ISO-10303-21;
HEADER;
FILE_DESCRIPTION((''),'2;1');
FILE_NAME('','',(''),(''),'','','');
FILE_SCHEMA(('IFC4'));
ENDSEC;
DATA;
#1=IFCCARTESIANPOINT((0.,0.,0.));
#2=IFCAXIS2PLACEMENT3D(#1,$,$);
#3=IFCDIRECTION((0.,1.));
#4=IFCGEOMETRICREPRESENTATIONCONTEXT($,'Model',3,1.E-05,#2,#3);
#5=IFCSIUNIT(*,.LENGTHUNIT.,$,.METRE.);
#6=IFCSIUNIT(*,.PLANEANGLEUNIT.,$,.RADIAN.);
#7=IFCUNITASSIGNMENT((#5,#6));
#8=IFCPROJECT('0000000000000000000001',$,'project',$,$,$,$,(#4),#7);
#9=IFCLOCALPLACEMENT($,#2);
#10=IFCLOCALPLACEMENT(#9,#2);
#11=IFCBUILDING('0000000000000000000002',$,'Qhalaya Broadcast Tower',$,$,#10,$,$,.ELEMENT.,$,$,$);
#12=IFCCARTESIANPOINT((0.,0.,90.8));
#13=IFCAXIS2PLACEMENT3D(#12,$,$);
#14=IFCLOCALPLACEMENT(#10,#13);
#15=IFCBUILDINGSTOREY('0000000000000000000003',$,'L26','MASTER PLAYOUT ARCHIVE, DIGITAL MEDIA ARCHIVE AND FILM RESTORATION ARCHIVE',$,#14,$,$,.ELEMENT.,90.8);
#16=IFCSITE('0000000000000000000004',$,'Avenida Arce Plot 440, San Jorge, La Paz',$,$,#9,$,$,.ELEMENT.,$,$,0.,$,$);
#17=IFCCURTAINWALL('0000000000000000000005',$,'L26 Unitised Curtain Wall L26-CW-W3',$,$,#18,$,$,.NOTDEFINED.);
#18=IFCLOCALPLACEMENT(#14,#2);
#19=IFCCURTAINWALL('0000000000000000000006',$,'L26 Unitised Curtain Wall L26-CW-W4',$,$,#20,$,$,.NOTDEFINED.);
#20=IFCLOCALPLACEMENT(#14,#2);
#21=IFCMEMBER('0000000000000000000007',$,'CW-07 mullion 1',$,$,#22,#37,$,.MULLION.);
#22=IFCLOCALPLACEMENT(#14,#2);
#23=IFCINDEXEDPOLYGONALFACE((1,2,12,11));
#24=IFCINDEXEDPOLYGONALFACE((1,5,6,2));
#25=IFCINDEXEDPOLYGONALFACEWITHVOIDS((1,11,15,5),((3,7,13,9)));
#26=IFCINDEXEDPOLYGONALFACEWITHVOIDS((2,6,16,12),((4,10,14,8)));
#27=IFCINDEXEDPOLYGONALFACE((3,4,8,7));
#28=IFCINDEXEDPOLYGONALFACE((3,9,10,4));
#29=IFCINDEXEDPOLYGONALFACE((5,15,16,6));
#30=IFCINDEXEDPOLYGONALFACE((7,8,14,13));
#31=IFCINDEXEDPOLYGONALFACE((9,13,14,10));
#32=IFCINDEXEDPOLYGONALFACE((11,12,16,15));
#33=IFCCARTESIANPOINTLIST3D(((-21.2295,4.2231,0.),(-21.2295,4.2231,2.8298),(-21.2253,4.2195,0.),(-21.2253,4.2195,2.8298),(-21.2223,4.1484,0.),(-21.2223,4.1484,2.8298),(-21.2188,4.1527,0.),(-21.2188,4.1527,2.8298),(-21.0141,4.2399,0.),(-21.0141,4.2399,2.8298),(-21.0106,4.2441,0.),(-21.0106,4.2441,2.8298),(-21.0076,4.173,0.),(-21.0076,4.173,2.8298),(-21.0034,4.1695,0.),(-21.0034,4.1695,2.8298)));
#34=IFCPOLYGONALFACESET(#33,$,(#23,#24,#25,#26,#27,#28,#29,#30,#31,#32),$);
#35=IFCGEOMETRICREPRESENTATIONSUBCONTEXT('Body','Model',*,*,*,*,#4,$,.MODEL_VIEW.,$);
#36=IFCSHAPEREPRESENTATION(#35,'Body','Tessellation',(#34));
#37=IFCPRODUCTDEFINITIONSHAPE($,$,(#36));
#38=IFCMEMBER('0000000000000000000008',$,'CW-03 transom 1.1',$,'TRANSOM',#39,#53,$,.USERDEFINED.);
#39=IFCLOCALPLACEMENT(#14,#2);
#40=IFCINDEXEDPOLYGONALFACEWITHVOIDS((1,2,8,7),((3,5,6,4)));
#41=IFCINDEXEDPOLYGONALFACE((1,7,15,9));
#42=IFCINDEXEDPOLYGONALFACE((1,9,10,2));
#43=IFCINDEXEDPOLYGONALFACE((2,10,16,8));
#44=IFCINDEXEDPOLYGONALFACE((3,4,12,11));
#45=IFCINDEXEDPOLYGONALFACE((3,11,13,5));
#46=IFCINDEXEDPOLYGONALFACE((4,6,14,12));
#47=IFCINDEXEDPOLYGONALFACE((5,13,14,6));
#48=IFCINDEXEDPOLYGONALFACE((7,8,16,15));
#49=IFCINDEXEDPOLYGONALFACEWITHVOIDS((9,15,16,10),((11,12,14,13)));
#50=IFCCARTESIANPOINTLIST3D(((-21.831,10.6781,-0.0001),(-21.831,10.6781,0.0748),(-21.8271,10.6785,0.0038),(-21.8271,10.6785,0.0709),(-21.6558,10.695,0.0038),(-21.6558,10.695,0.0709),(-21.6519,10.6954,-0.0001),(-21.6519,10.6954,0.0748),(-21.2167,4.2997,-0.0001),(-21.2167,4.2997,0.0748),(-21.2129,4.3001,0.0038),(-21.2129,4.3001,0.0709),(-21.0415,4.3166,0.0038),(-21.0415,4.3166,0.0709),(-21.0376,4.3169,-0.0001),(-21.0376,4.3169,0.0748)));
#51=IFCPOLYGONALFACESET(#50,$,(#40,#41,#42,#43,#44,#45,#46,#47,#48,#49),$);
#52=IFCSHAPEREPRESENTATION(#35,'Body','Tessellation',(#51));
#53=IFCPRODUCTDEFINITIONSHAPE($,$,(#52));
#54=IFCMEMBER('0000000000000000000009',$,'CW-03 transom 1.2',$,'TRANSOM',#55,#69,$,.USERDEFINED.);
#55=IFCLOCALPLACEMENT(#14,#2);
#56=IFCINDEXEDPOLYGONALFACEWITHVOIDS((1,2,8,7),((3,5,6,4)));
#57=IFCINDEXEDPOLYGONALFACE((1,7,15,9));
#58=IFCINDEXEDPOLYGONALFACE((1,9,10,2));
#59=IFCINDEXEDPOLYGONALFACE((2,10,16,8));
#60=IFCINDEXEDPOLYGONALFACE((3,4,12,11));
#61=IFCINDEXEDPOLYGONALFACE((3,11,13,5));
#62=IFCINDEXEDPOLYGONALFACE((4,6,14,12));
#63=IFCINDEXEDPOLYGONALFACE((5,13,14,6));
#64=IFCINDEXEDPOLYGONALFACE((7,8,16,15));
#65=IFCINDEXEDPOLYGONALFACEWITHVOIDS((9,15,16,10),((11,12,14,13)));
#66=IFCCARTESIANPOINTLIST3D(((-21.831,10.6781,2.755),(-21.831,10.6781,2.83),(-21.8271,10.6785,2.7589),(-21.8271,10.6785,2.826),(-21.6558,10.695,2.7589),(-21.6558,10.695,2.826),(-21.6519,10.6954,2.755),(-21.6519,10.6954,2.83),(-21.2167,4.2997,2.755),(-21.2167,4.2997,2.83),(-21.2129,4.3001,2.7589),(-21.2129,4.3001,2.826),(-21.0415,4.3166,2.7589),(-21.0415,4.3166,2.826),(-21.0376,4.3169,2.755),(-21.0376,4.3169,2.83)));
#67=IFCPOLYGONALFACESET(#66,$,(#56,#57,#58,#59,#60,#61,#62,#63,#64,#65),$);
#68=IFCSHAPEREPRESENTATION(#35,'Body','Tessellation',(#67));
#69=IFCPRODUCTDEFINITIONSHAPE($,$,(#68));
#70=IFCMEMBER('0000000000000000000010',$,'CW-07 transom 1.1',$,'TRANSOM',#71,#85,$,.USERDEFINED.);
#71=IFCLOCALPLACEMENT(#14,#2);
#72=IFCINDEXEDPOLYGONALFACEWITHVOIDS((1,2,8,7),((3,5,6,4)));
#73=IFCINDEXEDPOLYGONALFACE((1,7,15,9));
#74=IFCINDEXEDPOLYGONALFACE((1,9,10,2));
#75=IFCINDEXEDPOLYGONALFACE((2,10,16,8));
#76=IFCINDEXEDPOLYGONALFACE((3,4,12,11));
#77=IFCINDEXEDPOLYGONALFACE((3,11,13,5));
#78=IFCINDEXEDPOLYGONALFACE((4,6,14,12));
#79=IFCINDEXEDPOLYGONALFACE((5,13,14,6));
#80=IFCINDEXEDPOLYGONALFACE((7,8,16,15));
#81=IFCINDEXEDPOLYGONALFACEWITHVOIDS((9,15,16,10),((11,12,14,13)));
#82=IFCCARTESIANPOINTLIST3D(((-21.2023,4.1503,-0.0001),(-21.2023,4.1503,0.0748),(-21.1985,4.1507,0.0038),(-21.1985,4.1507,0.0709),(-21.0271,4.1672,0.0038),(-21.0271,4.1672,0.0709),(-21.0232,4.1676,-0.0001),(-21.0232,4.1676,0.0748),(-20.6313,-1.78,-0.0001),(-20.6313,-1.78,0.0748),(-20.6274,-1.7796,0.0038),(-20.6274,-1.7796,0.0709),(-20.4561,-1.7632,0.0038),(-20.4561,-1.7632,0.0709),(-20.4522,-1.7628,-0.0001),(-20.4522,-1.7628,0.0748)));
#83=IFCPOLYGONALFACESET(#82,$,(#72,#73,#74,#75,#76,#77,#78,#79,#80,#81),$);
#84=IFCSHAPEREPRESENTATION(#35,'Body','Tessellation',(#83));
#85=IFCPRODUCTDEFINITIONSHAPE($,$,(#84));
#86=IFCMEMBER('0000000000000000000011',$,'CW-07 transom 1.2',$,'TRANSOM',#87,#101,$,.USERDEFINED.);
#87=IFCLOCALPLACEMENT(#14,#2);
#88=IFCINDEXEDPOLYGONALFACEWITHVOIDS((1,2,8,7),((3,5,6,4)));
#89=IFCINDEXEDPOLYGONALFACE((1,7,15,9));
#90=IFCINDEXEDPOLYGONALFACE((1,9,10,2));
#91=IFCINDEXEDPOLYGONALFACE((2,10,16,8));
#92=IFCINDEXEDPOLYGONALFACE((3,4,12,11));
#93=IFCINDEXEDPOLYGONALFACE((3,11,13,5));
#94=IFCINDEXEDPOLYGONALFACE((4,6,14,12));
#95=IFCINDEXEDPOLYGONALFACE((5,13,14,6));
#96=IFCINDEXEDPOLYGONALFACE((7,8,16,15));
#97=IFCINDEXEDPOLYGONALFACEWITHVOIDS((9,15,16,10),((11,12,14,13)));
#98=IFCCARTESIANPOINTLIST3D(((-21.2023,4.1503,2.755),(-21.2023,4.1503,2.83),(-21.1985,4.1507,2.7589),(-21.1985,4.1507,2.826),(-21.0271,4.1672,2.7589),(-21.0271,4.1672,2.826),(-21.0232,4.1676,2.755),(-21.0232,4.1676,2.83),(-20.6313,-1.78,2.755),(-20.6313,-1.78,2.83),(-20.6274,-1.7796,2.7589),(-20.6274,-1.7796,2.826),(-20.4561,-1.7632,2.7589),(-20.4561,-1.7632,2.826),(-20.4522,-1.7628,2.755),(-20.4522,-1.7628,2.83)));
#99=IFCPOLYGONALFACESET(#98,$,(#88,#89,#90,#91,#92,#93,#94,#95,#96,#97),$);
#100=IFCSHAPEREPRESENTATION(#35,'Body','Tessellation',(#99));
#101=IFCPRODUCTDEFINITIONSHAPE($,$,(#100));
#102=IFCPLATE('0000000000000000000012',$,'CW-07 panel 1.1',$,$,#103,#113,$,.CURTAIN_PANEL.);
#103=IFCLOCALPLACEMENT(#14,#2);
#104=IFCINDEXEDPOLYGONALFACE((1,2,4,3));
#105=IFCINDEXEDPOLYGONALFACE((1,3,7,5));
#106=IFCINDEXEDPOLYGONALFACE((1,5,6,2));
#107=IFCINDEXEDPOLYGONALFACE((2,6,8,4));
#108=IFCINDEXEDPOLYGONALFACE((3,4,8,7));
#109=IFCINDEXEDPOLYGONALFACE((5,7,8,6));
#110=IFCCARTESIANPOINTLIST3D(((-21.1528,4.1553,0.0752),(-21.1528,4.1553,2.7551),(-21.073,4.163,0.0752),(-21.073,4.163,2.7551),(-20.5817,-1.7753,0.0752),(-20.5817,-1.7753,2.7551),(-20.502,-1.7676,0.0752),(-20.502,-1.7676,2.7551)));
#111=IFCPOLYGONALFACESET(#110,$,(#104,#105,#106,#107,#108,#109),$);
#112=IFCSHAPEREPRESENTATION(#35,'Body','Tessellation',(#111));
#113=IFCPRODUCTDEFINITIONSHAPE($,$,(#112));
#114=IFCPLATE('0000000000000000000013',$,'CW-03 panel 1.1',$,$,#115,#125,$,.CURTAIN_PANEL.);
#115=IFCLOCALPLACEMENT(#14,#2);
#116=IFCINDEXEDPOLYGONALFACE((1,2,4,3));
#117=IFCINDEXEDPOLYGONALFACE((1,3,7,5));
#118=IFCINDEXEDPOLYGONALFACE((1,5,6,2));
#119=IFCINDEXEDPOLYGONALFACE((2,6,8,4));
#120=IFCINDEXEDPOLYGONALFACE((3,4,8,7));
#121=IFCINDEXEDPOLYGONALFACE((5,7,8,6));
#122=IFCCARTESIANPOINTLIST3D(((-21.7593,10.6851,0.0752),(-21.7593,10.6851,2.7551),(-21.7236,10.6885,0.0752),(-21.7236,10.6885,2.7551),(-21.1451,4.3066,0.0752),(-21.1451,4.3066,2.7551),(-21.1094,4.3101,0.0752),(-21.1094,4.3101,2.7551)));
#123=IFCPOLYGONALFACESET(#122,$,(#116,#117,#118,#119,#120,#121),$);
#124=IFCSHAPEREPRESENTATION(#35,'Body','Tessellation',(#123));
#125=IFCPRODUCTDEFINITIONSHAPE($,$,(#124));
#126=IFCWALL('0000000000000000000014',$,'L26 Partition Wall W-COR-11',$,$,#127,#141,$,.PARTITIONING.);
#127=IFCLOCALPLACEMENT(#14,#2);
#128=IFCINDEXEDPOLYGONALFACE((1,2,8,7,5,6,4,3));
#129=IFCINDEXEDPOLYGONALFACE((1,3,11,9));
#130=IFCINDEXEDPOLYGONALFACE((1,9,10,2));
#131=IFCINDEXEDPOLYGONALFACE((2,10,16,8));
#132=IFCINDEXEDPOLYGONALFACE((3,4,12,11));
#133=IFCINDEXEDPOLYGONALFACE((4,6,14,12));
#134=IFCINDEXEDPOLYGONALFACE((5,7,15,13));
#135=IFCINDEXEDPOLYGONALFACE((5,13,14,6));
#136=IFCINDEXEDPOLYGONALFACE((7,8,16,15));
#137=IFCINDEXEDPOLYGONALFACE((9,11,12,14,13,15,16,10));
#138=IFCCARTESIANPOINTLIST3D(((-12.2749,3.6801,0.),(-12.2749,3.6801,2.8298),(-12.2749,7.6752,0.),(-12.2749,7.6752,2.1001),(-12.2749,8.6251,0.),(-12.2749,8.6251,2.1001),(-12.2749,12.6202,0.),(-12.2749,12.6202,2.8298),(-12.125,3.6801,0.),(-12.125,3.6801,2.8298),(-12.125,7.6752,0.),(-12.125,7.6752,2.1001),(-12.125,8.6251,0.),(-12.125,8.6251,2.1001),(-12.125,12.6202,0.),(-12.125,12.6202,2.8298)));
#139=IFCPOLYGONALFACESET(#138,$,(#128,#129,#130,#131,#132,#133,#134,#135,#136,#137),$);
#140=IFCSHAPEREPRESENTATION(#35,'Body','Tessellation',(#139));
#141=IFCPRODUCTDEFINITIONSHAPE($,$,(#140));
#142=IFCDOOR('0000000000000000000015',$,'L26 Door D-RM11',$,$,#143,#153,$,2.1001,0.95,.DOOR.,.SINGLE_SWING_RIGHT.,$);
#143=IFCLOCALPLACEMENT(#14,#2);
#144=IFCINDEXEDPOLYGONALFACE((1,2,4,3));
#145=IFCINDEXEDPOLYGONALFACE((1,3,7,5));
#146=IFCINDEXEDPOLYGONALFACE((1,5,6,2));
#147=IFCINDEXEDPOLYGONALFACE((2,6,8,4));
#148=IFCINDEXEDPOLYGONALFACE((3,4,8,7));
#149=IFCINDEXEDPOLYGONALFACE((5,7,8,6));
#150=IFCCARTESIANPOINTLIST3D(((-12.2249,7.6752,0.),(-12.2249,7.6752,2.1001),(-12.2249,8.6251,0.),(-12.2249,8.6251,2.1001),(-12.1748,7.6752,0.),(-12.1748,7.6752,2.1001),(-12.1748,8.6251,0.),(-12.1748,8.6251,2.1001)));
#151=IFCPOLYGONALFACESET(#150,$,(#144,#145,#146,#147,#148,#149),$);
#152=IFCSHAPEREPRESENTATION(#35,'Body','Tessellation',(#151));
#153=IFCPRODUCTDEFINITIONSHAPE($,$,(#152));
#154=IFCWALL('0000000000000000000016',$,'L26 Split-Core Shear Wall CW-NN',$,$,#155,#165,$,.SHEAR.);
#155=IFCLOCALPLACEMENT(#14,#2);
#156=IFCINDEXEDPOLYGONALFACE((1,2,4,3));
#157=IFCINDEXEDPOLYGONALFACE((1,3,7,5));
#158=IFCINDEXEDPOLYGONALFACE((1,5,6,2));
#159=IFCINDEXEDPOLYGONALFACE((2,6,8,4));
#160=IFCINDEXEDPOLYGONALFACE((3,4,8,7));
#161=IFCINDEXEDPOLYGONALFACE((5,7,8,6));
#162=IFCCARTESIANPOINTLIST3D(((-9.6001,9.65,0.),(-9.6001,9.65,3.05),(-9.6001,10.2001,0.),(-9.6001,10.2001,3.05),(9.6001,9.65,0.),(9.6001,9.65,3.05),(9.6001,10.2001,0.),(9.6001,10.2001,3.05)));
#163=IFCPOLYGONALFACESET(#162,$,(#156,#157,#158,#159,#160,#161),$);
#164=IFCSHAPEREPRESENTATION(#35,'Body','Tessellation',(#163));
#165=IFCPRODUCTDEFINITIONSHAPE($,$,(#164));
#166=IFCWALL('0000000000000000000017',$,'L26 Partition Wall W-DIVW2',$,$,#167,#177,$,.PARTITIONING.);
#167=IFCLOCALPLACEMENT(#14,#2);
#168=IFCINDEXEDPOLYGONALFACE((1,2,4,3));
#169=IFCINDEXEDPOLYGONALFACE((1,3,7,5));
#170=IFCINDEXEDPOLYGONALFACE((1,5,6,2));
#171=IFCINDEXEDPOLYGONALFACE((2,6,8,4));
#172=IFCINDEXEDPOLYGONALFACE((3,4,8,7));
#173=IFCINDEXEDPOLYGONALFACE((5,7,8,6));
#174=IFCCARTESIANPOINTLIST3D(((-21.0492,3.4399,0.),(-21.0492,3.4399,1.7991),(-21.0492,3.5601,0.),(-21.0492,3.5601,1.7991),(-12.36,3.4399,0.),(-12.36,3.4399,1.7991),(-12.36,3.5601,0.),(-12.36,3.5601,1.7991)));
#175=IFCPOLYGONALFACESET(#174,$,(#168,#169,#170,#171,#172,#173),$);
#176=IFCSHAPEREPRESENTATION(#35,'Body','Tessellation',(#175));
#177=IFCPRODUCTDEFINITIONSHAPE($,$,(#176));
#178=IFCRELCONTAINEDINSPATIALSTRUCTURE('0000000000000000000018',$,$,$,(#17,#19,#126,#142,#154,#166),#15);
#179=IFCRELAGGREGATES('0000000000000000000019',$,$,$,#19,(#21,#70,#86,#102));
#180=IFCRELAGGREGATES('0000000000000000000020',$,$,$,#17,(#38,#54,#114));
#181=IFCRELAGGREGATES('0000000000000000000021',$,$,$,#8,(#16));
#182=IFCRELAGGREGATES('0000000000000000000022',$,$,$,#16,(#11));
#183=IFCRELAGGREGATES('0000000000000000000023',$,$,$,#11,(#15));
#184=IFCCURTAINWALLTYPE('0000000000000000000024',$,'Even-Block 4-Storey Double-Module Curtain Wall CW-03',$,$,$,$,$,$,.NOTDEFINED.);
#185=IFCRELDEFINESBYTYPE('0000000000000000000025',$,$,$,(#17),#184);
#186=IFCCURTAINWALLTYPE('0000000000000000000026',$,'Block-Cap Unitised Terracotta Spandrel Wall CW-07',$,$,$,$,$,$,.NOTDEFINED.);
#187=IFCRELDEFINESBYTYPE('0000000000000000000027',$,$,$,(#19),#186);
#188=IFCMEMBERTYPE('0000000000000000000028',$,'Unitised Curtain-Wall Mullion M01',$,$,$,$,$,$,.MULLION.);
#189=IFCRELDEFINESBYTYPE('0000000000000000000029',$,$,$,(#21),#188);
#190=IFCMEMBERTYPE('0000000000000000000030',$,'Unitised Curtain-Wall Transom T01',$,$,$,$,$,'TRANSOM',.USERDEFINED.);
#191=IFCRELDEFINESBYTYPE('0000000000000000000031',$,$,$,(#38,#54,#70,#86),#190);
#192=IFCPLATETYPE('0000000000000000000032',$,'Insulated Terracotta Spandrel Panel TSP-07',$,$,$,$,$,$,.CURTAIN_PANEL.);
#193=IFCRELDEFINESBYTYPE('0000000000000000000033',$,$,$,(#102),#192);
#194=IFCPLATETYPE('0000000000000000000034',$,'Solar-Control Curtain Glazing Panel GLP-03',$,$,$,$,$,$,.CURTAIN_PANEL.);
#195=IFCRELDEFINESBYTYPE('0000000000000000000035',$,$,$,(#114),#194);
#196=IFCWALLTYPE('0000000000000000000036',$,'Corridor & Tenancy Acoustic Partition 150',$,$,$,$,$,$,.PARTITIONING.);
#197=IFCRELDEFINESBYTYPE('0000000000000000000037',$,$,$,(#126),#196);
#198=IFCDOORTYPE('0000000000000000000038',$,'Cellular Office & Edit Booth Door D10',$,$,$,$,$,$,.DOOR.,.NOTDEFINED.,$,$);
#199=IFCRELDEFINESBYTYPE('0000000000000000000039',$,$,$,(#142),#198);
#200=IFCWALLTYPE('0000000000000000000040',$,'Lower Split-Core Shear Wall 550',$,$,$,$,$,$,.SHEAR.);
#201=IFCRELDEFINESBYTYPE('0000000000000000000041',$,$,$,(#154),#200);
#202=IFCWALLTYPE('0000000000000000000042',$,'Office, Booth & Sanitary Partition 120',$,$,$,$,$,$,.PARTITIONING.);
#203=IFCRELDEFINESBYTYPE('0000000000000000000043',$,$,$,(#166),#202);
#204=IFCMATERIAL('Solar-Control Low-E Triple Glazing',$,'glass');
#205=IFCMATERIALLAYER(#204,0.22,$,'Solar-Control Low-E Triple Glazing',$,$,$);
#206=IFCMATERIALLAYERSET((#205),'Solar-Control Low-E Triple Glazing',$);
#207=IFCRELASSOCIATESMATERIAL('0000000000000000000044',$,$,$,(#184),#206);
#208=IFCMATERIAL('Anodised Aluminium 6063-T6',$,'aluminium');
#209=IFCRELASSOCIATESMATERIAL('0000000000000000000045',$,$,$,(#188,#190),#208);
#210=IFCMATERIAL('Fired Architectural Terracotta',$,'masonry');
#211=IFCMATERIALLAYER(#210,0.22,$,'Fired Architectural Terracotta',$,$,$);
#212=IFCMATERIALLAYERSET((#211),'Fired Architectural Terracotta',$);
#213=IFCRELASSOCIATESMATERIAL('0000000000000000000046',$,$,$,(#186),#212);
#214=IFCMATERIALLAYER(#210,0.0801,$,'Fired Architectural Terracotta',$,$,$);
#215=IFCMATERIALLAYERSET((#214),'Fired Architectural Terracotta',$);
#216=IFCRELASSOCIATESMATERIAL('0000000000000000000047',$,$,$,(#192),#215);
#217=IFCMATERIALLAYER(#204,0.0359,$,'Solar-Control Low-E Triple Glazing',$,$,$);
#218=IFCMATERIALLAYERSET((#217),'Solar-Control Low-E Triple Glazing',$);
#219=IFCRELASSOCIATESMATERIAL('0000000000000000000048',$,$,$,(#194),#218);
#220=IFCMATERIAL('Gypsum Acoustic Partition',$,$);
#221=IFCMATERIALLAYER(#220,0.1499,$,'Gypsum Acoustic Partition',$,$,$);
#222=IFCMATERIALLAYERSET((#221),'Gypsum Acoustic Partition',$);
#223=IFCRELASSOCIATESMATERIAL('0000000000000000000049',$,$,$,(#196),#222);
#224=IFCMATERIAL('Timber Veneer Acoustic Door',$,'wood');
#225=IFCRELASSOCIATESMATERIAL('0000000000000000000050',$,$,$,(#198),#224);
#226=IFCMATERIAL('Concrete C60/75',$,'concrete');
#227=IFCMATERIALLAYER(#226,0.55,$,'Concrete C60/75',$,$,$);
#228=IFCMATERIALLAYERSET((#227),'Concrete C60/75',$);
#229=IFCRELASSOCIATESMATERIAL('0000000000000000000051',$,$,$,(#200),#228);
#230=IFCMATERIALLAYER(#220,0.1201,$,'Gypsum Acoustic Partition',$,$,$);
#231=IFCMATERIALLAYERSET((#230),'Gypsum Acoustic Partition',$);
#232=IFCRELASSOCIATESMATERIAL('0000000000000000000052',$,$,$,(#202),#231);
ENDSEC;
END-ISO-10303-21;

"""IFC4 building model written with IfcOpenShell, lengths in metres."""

from ifc_helpers import new_model, si_unit, direction, frame, frame_2d, origin, origin_2d, place, context, subcontext, project, spatial, rectangle, hollow_rectangle, extrude, material, layer, layer_set, material_profile, profile_set, type_object, element, fill, aggregate, save


model = new_model("IFC4")

# Units and contexts
model_context = context("Model", 3, precision=1e-05, world=origin(), true_north=direction((0.0, 1.0)))
body_context = subcontext(model_context, "Body", "Model", "MODEL_VIEW")
ifc_project = project(units=[si_unit("LENGTHUNIT", "METRE"), si_unit("PLANEANGLEUNIT", "RADIAN")], contexts=[model_context])

# Site, building, storey
site_placement = place(None, origin())
site = spatial("IfcSite", under=ifc_project, at=site_placement, Name="Avenida Arce Plot 440, San Jorge, La Paz", CompositionType="ELEMENT", RefElevation=0.0)
building_placement = place(site_placement, origin())
building = spatial("IfcBuilding", under=site, at=building_placement, Name="Qhalaya Broadcast Tower", CompositionType="ELEMENT")
storey_placement = place(building_placement, frame((0.0, 0.0, 90.8)))
storey = spatial("IfcBuildingStorey", under=building, at=storey_placement, Name="L26", Description="MASTER PLAYOUT ARCHIVE, DIGITAL MEDIA ARCHIVE AND FILM RESTORATION ARCHIVE", CompositionType="ELEMENT", Elevation=90.8)

# Curtain walls, member
ifc_material_1 = material(Name="Solar-Control Low-E Triple Glazing", Category="glass")
ifc_layer_1 = layer(ifc_material_1, 0.22, Name="Solar-Control Low-E Triple Glazing")
ifc_layer_set_1 = layer_set([ifc_layer_1], Name="Solar-Control Low-E Triple Glazing")
curtain_wall_type_1 = type_object("IfcCurtainWallType", Name="Even-Block 4-Storey Double-Module Curtain Wall CW-03", PredefinedType="NOTDEFINED", material=ifc_layer_set_1)
curtain_wall_1_placement = place(storey_placement, origin())
curtain_wall_1 = element("IfcCurtainWall", 1, at=curtain_wall_1_placement, inside=storey, type_object=curtain_wall_type_1, Name="L26 Unitised Curtain Wall L26-CW-W3", PredefinedType="NOTDEFINED")
ifc_material_2 = material(Name="Anodised Aluminium 6063-T6", Category="aluminium")
ifc_material_profile_1 = material_profile(ifc_material_2, hollow_rectangle(XDim=0.075, YDim=0.22, WallThickness=0.0039, at=origin_2d()), Name="ALU-MUL 75x220x4")
ifc_profile_set_1 = profile_set([ifc_material_profile_1], Name="Anodised Aluminium 6063-T6")
member_type_1 = type_object("IfcMemberType", Name="Unitised Curtain-Wall Mullion M01", PredefinedType="MULLION", material=ifc_profile_set_1)
ifc_material_3 = material(Name="Fired Architectural Terracotta", Category="masonry")
ifc_layer_2 = layer(ifc_material_3, 0.22, Name="Fired Architectural Terracotta")
ifc_layer_set_2 = layer_set([ifc_layer_2], Name="Fired Architectural Terracotta")
curtain_wall_type_2 = type_object("IfcCurtainWallType", Name="Block-Cap Unitised Terracotta Spandrel Wall CW-07", PredefinedType="NOTDEFINED", material=ifc_layer_set_2)
curtain_wall_2_placement = place(storey_placement, origin())
curtain_wall_2 = element("IfcCurtainWall", 2, at=curtain_wall_2_placement, inside=storey, type_object=curtain_wall_type_2, Name="L26 Unitised Curtain Wall L26-CW-W4", PredefinedType="NOTDEFINED")
member_1_placement = place(storey_placement, frame((-21.1165, 4.1963, 0.0), z_axis=(0.0, 0.0, 1.0), x_axis=(0.095841, -0.995397, 0.0)))
member_1 = element("IfcMember", 3, at=member_1_placement, type_object=member_type_1, Name="CW-07 mullion 1", PredefinedType="MULLION", context=body_context, shape_type="SweptSolid", body=[
    extrude(hollow_rectangle(XDim=0.075, YDim=0.22, WallThickness=0.0039, at=origin_2d()), origin(), (0.0, 0.0, 1.0), 2.8298),
])

# Members
ifc_material_profile_2 = material_profile(ifc_material_2, hollow_rectangle(XDim=0.075, YDim=0.1799, WallThickness=0.0039, at=origin_2d()), Name="ALU-TRN 75x180x4")
ifc_profile_set_2 = profile_set([ifc_material_profile_2], Name="Anodised Aluminium 6063-T6")
member_type_2 = type_object("IfcMemberType", Name="Unitised Curtain-Wall Transom T01", ElementType="TRANSOM", PredefinedType="USERDEFINED", material=ifc_profile_set_2)
member_2_placement = place(storey_placement, frame((-21.7415, 10.6868, 0.0374), z_axis=(0.095859, -0.995395, 0.0), x_axis=(0.0, 0.0, 1.0)))
member_2 = element("IfcMember", 4, at=member_2_placement, type_object=member_type_2, Name="CW-03 transom 1.1", ObjectType="TRANSOM", PredefinedType="USERDEFINED", context=body_context, shape_type="SweptSolid", body=[
    extrude(hollow_rectangle(XDim=0.075, YDim=0.1799, WallThickness=0.0039, at=origin_2d()), origin(), (0.0, 0.0, 1.0), 6.408),
])
member_3_placement = place(storey_placement, frame((-21.7415, 10.6868, 2.7925), z_axis=(0.095859, -0.995395, 0.0), x_axis=(0.0, 0.0, 1.0)))
member_3 = element("IfcMember", 5, at=member_3_placement, type_object=member_type_2, Name="CW-03 transom 1.2", ObjectType="TRANSOM", PredefinedType="USERDEFINED", context=body_context, shape_type="SweptSolid", body=[
    extrude(hollow_rectangle(XDim=0.075, YDim=0.1799, WallThickness=0.0039, at=origin_2d()), origin(), (0.0, 0.0, 1.0), 6.408),
])
member_4_placement = place(storey_placement, frame((-21.1128, 4.1589, 0.0374), z_axis=(0.095847, -0.995396, 0.0), x_axis=(0.0, 0.0, 1.0)))
member_4 = element("IfcMember", 6, at=member_4_placement, type_object=member_type_2, Name="CW-07 transom 1.1", ObjectType="TRANSOM", PredefinedType="USERDEFINED", context=body_context, shape_type="SweptSolid", body=[
    extrude(hollow_rectangle(XDim=0.075, YDim=0.1799, WallThickness=0.0039, at=origin_2d()), origin(), (0.0, 0.0, 1.0), 5.9578),
])
member_5_placement = place(storey_placement, frame((-21.1128, 4.1589, 2.7925), z_axis=(0.095847, -0.995396, 0.0), x_axis=(0.0, 0.0, 1.0)))
member_5 = element("IfcMember", 7, at=member_5_placement, type_object=member_type_2, Name="CW-07 transom 1.2", ObjectType="TRANSOM", PredefinedType="USERDEFINED", context=body_context, shape_type="SweptSolid", body=[
    extrude(hollow_rectangle(XDim=0.075, YDim=0.1799, WallThickness=0.0039, at=origin_2d()), origin(), (0.0, 0.0, 1.0), 5.9578),
])

# Plates
ifc_layer_3 = layer(ifc_material_3, 0.0801, Name="Fired Architectural Terracotta")
ifc_layer_set_3 = layer_set([ifc_layer_3], Name="Fired Architectural Terracotta")
plate_type_1 = type_object("IfcPlateType", Name="Insulated Terracotta Spandrel Panel TSP-07", PredefinedType="CURTAIN_PANEL", material=ifc_layer_set_3)
plate_1_placement = place(storey_placement, frame((-20.8274, 1.1938, 0.0752), z_axis=(0.0, 0.0, 1.0), x_axis=(0.095841, -0.995397, 0.0)))
plate_1 = element("IfcPlate", 8, at=plate_1_placement, type_object=plate_type_1, Name="CW-07 panel 1.1", PredefinedType="CURTAIN_PANEL", context=body_context, shape_type="SweptSolid", body=[
    extrude(rectangle(XDim=5.958, YDim=0.0801, at=origin_2d()), origin(), (0.0, 0.0, 1.0), 2.6799),
])
aggregate(curtain_wall_2, [member_1, member_4, member_5, plate_1])
ifc_layer_4 = layer(ifc_material_1, 0.0359, Name="Solar-Control Low-E Triple Glazing")
ifc_layer_set_4 = layer_set([ifc_layer_4], Name="Solar-Control Low-E Triple Glazing")
plate_type_2 = type_object("IfcPlateType", Name="Solar-Control Curtain Glazing Panel GLP-03", PredefinedType="CURTAIN_PANEL", material=ifc_layer_set_4)
plate_2_placement = place(storey_placement, frame((-21.4343, 7.4976, 0.0752), z_axis=(0.0, 0.0, 1.0), x_axis=(0.095852, -0.995396, 0.0)))
plate_2 = element("IfcPlate", 9, at=plate_2_placement, type_object=plate_type_2, Name="CW-03 panel 1.1", PredefinedType="CURTAIN_PANEL", context=body_context, shape_type="SweptSolid", body=[
    extrude(rectangle(XDim=6.408, YDim=0.0359, at=origin_2d()), origin(), (0.0, 0.0, 1.0), 2.6799),
])
aggregate(curtain_wall_1, [member_2, member_3, plate_2])

# Wall, opening, door
ifc_material_4 = material(Name="Gypsum Acoustic Partition")
ifc_layer_5 = layer(ifc_material_4, 0.1499, Name="Gypsum Acoustic Partition")
ifc_layer_set_5 = layer_set([ifc_layer_5], Name="Gypsum Acoustic Partition")
wall_type_1 = type_object("IfcWallType", Name="Corridor & Tenancy Acoustic Partition 150", PredefinedType="PARTITIONING", material=ifc_layer_set_5)
wall_1_placement = place(storey_placement, frame((-12.2, 3.6799, 0.0), z_axis=(0.0, 0.0, 1.0), x_axis=(0.0, 1.0, 0.0)))
wall_1 = element("IfcWall", 10, at=wall_1_placement, inside=storey, type_object=wall_type_1, Name="L26 Partition Wall W-COR-11", PredefinedType="PARTITIONING", context=body_context, shape_type="SweptSolid", body=[
    extrude(rectangle(XDim=8.9402, YDim=0.1499, at=frame_2d((4.4702, 0.0))), origin(), (0.0, 0.0, 1.0), 2.8298),
])
opening_1_placement = place(wall_1_placement, frame((3.9951, 0.0, 0.0)))
opening_1 = element("IfcOpeningElement", 11, at=opening_1_placement, cuts=wall_1, PredefinedType="OPENING", context=body_context, shape_type="SweptSolid", body=[
    extrude(rectangle(XDim=0.95, YDim=2.1001, at=frame_2d((0.4751, 1.05))), frame((0.0, 0.0869, 0.0), z_axis=(0.0, -1.0, 0.0), x_axis=(1.0, 0.0, 0.0)), (0.0, 0.0, 1.0), 0.1738),
])
ifc_material_5 = material(Name="Timber Veneer Acoustic Door", Category="wood")
door_type_1 = type_object("IfcDoorType", Name="Cellular Office & Edit Booth Door D10", OperationType="NOTDEFINED", PredefinedType="DOOR", material=ifc_material_5)
door_1_placement = place(opening_1_placement, origin())
door_1 = element("IfcDoor", 12, at=door_1_placement, inside=storey, type_object=door_type_1, Name="L26 Door D-RM11", OperationType="SINGLE_SWING_RIGHT", OverallHeight=2.1001, OverallWidth=0.95, PredefinedType="DOOR", context=body_context, shape_type="SweptSolid", body=[
    extrude(rectangle(XDim=0.95, YDim=2.1001, at=frame_2d((0.4751, 1.05))), frame((0.0, 0.0249, 0.0), z_axis=(0.0, -1.0, 0.0), x_axis=(1.0, 0.0, 0.0)), (0.0, 0.0, 1.0), 0.05),
])
fill(opening_1, door_1)

# Wall
ifc_material_6 = material(Name="Concrete C60/75", Category="concrete")
ifc_layer_6 = layer(ifc_material_6, 0.55, Name="Concrete C60/75")
ifc_layer_set_6 = layer_set([ifc_layer_6], Name="Concrete C60/75")
wall_type_2 = type_object("IfcWallType", Name="Lower Split-Core Shear Wall 550", PredefinedType="SHEAR", material=ifc_layer_set_6)
wall_2_placement = place(storey_placement, frame((-9.6001, 9.925, 0.0), z_axis=(0.0, 0.0, 1.0), x_axis=(1.0, 0.0, 0.0)))
element("IfcWall", 13, at=wall_2_placement, inside=storey, type_object=wall_type_2, Name="L26 Split-Core Shear Wall CW-NN", PredefinedType="SHEAR", context=body_context, shape_type="SweptSolid", body=[
    extrude(rectangle(XDim=19.2002, YDim=0.55, at=frame_2d((9.6001, 0.0))), origin(), (0.0, 0.0, 1.0), 3.05),
])

# Wall
ifc_layer_7 = layer(ifc_material_4, 0.1201, Name="Gypsum Acoustic Partition")
ifc_layer_set_7 = layer_set([ifc_layer_7], Name="Gypsum Acoustic Partition")
wall_type_3 = type_object("IfcWallType", Name="Office, Booth & Sanitary Partition 120", PredefinedType="PARTITIONING", material=ifc_layer_set_7)
wall_3_placement = place(storey_placement, frame((-21.0493, 3.5, 0.0), z_axis=(0.0, 0.0, 1.0), x_axis=(1.0, 0.0, 0.0)))
element("IfcWall", 14, at=wall_3_placement, inside=storey, type_object=wall_type_3, Name="L26 Partition Wall W-DIVW2", PredefinedType="PARTITIONING", context=body_context, shape_type="SweptSolid", body=[
    extrude(rectangle(XDim=8.6892, YDim=0.1201, at=frame_2d((4.3447, 0.0))), origin(), (0.0, 0.0, 1.0), 1.7991),
])

save(model, "model.ifc")
